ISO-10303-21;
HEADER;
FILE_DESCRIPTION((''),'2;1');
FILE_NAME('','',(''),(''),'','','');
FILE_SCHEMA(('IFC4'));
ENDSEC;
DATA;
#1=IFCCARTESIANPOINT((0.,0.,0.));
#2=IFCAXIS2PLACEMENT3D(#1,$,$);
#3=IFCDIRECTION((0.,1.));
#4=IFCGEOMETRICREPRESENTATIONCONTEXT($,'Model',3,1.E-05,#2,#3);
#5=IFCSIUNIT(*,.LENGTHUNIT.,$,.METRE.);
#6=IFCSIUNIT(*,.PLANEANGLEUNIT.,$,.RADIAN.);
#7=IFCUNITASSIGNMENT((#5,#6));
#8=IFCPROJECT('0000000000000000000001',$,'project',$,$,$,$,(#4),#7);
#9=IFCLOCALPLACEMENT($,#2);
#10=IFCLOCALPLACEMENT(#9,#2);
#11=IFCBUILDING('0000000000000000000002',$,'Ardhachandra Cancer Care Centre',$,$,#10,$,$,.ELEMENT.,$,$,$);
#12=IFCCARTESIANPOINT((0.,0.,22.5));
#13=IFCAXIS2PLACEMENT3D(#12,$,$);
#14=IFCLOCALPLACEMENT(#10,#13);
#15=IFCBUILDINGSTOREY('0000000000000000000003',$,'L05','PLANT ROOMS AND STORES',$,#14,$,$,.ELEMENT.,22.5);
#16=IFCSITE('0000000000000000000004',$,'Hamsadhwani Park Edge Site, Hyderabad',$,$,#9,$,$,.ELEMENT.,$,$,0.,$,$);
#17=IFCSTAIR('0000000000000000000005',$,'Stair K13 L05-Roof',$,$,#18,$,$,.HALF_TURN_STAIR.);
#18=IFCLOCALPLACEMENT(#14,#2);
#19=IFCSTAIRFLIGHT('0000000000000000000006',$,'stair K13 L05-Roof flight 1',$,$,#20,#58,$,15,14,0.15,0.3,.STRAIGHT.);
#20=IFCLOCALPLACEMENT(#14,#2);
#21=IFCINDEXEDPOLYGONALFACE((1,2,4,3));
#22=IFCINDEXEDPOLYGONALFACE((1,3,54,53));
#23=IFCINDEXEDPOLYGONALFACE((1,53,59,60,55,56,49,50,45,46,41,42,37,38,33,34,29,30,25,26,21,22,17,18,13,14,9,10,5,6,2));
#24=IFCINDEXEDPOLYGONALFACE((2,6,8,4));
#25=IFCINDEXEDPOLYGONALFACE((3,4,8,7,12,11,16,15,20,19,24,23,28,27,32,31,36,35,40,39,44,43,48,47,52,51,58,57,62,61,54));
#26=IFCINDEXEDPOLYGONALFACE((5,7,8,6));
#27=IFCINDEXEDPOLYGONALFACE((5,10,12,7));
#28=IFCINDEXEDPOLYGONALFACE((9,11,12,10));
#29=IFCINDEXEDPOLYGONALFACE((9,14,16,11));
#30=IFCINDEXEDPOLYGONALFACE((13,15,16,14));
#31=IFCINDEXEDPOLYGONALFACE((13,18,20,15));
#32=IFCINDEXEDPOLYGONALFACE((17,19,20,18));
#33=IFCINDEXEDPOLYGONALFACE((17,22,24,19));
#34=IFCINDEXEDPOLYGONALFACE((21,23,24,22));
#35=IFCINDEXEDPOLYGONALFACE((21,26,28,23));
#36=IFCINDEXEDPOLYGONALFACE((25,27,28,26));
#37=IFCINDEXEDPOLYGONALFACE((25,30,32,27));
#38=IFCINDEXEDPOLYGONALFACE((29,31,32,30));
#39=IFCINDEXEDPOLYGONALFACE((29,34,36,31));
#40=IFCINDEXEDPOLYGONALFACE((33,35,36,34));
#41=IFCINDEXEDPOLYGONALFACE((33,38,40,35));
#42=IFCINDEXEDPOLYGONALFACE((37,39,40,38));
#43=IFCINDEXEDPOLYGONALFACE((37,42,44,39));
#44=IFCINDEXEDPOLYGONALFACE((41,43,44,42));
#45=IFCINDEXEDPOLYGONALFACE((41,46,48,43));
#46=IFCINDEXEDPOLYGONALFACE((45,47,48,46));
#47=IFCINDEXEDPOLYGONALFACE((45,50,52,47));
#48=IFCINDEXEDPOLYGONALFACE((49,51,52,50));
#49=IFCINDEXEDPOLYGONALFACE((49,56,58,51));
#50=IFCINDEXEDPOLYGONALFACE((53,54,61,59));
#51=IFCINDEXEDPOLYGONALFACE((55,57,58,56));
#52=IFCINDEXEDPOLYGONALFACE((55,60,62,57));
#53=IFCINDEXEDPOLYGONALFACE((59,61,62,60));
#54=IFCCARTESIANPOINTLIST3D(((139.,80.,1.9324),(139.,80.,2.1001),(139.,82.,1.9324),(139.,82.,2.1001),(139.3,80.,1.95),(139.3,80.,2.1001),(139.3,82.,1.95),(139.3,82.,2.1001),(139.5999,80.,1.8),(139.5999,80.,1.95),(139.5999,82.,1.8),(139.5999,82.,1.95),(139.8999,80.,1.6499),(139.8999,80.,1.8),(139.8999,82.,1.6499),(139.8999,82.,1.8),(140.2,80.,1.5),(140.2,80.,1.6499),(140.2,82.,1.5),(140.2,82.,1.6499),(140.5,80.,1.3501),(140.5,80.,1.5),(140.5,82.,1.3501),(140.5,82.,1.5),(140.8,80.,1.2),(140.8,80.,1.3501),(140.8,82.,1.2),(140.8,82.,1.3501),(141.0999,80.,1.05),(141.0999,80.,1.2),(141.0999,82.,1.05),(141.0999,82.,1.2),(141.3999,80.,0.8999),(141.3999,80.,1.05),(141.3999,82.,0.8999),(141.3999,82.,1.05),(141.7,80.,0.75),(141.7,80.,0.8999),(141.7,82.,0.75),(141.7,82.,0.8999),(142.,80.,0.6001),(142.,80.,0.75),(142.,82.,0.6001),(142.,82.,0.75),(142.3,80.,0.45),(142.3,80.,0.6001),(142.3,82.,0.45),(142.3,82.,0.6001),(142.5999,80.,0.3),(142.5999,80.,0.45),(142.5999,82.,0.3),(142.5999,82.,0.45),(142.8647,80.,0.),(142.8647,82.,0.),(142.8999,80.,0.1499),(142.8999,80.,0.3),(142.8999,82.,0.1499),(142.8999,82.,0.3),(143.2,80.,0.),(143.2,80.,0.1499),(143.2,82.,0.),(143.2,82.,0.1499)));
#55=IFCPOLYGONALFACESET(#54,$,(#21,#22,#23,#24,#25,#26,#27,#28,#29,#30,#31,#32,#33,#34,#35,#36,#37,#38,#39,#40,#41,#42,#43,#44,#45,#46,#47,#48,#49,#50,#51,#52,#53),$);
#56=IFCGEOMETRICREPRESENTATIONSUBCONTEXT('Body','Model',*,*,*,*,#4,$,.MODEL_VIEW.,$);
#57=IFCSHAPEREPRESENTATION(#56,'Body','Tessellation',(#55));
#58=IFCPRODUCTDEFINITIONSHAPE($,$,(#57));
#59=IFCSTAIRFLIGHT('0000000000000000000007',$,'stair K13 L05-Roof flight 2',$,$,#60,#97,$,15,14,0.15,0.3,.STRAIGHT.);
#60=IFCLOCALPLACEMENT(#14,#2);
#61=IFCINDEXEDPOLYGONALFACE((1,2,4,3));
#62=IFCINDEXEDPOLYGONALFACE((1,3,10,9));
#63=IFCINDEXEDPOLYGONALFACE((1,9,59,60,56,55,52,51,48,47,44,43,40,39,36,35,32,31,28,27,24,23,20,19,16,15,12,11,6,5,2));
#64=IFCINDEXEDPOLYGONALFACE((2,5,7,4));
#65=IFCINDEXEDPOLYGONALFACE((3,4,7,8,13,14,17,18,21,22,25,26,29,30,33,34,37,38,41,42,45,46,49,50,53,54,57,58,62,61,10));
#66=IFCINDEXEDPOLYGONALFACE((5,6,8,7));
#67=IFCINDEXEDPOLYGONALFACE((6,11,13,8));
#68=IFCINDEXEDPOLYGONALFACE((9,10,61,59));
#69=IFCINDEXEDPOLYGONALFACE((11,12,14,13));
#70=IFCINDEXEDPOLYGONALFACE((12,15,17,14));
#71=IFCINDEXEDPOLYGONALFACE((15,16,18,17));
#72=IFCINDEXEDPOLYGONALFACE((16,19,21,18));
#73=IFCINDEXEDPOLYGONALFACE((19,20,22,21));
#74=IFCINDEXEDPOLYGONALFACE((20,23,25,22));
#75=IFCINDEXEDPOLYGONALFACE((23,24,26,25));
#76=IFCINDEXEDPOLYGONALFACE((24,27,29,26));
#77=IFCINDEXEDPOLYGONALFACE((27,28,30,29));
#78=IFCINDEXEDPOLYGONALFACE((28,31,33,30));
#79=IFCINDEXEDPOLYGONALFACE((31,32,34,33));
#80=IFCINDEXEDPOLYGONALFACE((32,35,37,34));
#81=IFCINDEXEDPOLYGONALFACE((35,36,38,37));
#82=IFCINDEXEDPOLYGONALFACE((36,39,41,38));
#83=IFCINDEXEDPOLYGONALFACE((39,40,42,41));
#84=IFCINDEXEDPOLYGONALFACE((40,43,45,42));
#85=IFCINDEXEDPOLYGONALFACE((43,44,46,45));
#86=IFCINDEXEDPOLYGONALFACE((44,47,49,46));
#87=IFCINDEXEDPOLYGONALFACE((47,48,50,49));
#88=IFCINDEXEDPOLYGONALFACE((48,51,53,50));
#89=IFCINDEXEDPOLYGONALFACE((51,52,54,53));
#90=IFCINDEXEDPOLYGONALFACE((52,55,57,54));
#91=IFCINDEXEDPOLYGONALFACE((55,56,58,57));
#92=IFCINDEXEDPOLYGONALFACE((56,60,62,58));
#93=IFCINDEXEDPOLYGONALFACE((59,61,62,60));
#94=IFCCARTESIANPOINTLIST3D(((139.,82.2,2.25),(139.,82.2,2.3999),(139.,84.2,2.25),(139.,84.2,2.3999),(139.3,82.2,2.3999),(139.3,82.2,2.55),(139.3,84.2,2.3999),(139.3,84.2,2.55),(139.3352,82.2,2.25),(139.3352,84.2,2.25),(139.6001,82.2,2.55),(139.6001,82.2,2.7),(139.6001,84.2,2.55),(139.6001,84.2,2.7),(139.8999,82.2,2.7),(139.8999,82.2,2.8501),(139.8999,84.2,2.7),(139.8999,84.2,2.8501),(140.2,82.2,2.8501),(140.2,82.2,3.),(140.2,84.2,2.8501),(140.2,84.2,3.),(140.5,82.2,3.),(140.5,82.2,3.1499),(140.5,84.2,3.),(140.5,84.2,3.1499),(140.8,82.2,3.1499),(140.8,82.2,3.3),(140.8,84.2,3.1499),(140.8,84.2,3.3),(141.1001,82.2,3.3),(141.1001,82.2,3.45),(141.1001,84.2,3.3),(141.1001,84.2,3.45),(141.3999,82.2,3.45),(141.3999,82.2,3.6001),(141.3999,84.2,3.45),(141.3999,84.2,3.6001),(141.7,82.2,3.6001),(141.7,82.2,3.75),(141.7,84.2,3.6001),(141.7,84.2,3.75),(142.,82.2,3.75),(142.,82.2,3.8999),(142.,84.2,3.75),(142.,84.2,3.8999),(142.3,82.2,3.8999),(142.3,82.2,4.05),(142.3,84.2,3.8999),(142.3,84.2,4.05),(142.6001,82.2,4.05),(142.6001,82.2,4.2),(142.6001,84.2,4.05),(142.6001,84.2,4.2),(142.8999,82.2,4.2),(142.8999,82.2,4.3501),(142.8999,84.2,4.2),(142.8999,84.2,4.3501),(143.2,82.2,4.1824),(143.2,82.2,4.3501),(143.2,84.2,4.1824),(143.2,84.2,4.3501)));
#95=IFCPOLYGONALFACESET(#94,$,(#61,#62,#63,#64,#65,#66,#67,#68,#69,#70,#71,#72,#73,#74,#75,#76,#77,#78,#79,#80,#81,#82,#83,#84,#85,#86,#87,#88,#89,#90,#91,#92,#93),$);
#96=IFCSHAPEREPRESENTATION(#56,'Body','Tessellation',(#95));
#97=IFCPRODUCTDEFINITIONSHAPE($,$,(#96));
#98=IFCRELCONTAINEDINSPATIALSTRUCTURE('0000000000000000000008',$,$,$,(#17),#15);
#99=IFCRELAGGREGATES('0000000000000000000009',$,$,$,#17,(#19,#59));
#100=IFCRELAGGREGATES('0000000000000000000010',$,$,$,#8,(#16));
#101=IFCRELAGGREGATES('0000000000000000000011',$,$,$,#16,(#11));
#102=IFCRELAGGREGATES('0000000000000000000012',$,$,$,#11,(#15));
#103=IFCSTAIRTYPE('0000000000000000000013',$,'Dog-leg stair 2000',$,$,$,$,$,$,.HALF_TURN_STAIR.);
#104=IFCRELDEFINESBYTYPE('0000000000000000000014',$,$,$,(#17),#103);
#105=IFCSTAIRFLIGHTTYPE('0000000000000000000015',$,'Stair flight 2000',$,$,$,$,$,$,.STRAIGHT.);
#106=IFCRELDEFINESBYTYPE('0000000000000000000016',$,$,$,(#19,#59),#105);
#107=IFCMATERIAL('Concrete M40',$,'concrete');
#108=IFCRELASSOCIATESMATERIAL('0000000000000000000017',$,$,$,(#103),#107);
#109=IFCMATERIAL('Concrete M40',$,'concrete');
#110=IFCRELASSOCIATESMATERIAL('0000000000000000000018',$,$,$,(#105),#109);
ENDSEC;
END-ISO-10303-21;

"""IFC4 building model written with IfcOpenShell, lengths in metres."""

from ifc_helpers import new_model, si_unit, direction, frame, origin, place, context, subcontext, project, spatial, polyline, outline, extrude, material, type_object, element, aggregate, save


model = new_model("IFC4")

# Units and contexts
model_context = context("Model", 3, precision=1e-05, world=origin(), true_north=direction((0.0, 1.0)))
body_context = subcontext(model_context, "Body", "Model", "MODEL_VIEW")
ifc_project = project(units=[si_unit("LENGTHUNIT", "METRE"), si_unit("PLANEANGLEUNIT", "RADIAN")], contexts=[model_context])

# Site, building, storey
site_placement = place(None, origin())
site = spatial("IfcSite", under=ifc_project, at=site_placement, Name="Hamsadhwani Park Edge Site, Hyderabad", CompositionType="ELEMENT", RefElevation=0.0)
building_placement = place(site_placement, origin())
building = spatial("IfcBuilding", under=site, at=building_placement, Name="Ardhachandra Cancer Care Centre", CompositionType="ELEMENT")
storey_placement = place(building_placement, frame((0.0, 0.0, 22.5)))
storey = spatial("IfcBuildingStorey", under=building, at=storey_placement, Name="L05", Description="PLANT ROOMS AND STORES", CompositionType="ELEMENT", Elevation=22.5)

# Stair, stair flights
ifc_material_1 = material(Name="Concrete M40", Category="concrete")
stair_type = type_object("IfcStairType", Name="Dog-leg stair 2000", PredefinedType="HALF_TURN_STAIR", material=ifc_material_1)
stair_placement = place(storey_placement, origin())
stair = element("IfcStair", 1, at=stair_placement, inside=storey, type_object=stair_type, Name="Stair K13 L05-Roof", PredefinedType="HALF_TURN_STAIR")
ifc_material_2 = material(Name="Concrete M40", Category="concrete")
stair_flight_type = type_object("IfcStairFlightType", Name="Stair flight 2000", PredefinedType="STRAIGHT", material=ifc_material_2)
stair_flight_1_placement = place(storey_placement, frame((143.2, 81.0, 0.0), z_axis=(0.0, 0.0, 1.0), x_axis=(-1.0, 0.0, 0.0)))
stair_flight_1 = element("IfcStairFlight", 2, at=stair_flight_1_placement, type_object=stair_flight_type, Name="stair K13 L05-Roof flight 1", NumberOfRisers=15, NumberOfTreads=14, PredefinedType="STRAIGHT", RiserHeight=0.15, TreadLength=0.3, context=body_context, shape_type="SweptSolid", body=[
    extrude(outline(polyline([(0.0, 0.0), (0.0, 0.1499), (0.3, 0.1499), (0.3, 0.3), (0.6001, 0.3), (0.6001, 0.45), (0.8999, 0.45), (0.8999, 0.6001), (1.2, 0.6001), (1.2, 0.75), (1.5, 0.75), (1.5, 0.8999), (1.8, 0.8999), (1.8, 1.05), (2.1001, 1.05), (2.1001, 1.2), (2.3999, 1.2), (2.3999, 1.3501), (2.7, 1.3501), (2.7, 1.5), (3.0, 1.5), (3.0, 1.6499), (3.3, 1.6499), (3.3, 1.8), (3.6001, 1.8), (3.6001, 1.95), (3.8999, 1.95), (3.8999, 2.1001), (4.2, 2.1001), (4.2, 2.25), (4.2, 1.9324), (0.3352, 0.0), (0.0, 0.0)])), frame((0.0, 1.0, 0.0), z_axis=(0.0, -1.0, 0.0), x_axis=(1.0, 0.0, 0.0)), (0.0, 0.0, 1.0), 2.0),
])
stair_flight_2_placement = place(storey_placement, frame((139.0, 83.2, 2.25), z_axis=(0.0, 0.0, 1.0), x_axis=(1.0, 0.0, 0.0)))
stair_flight_2 = element("IfcStairFlight", 3, at=stair_flight_2_placement, type_object=stair_flight_type, Name="stair K13 L05-Roof flight 2", NumberOfRisers=15, NumberOfTreads=14, PredefinedType="STRAIGHT", RiserHeight=0.15, TreadLength=0.3, context=body_context, shape_type="SweptSolid", body=[
    extrude(outline(polyline([(0.0, 0.0), (0.0, 0.1499), (0.3, 0.1499), (0.3, 0.3), (0.6001, 0.3), (0.6001, 0.45), (0.8999, 0.45), (0.8999, 0.6001), (1.2, 0.6001), (1.2, 0.75), (1.5, 0.75), (1.5, 0.8999), (1.8, 0.8999), (1.8, 1.05), (2.1001, 1.05), (2.1001, 1.2), (2.3999, 1.2), (2.3999, 1.3501), (2.7, 1.3501), (2.7, 1.5), (3.0, 1.5), (3.0, 1.6499), (3.3, 1.6499), (3.3, 1.8), (3.6001, 1.8), (3.6001, 1.95), (3.8999, 1.95), (3.8999, 2.1001), (4.2, 2.1001), (4.2, 2.25), (4.2, 1.9324), (0.3352, 0.0), (0.0, 0.0)])), frame((0.0, 1.0, 0.0), z_axis=(0.0, -1.0, 0.0), x_axis=(1.0, 0.0, 0.0)), (0.0, 0.0, 1.0), 2.0),
])
aggregate(stair, [stair_flight_1, stair_flight_2])

save(model, "model.ifc")
